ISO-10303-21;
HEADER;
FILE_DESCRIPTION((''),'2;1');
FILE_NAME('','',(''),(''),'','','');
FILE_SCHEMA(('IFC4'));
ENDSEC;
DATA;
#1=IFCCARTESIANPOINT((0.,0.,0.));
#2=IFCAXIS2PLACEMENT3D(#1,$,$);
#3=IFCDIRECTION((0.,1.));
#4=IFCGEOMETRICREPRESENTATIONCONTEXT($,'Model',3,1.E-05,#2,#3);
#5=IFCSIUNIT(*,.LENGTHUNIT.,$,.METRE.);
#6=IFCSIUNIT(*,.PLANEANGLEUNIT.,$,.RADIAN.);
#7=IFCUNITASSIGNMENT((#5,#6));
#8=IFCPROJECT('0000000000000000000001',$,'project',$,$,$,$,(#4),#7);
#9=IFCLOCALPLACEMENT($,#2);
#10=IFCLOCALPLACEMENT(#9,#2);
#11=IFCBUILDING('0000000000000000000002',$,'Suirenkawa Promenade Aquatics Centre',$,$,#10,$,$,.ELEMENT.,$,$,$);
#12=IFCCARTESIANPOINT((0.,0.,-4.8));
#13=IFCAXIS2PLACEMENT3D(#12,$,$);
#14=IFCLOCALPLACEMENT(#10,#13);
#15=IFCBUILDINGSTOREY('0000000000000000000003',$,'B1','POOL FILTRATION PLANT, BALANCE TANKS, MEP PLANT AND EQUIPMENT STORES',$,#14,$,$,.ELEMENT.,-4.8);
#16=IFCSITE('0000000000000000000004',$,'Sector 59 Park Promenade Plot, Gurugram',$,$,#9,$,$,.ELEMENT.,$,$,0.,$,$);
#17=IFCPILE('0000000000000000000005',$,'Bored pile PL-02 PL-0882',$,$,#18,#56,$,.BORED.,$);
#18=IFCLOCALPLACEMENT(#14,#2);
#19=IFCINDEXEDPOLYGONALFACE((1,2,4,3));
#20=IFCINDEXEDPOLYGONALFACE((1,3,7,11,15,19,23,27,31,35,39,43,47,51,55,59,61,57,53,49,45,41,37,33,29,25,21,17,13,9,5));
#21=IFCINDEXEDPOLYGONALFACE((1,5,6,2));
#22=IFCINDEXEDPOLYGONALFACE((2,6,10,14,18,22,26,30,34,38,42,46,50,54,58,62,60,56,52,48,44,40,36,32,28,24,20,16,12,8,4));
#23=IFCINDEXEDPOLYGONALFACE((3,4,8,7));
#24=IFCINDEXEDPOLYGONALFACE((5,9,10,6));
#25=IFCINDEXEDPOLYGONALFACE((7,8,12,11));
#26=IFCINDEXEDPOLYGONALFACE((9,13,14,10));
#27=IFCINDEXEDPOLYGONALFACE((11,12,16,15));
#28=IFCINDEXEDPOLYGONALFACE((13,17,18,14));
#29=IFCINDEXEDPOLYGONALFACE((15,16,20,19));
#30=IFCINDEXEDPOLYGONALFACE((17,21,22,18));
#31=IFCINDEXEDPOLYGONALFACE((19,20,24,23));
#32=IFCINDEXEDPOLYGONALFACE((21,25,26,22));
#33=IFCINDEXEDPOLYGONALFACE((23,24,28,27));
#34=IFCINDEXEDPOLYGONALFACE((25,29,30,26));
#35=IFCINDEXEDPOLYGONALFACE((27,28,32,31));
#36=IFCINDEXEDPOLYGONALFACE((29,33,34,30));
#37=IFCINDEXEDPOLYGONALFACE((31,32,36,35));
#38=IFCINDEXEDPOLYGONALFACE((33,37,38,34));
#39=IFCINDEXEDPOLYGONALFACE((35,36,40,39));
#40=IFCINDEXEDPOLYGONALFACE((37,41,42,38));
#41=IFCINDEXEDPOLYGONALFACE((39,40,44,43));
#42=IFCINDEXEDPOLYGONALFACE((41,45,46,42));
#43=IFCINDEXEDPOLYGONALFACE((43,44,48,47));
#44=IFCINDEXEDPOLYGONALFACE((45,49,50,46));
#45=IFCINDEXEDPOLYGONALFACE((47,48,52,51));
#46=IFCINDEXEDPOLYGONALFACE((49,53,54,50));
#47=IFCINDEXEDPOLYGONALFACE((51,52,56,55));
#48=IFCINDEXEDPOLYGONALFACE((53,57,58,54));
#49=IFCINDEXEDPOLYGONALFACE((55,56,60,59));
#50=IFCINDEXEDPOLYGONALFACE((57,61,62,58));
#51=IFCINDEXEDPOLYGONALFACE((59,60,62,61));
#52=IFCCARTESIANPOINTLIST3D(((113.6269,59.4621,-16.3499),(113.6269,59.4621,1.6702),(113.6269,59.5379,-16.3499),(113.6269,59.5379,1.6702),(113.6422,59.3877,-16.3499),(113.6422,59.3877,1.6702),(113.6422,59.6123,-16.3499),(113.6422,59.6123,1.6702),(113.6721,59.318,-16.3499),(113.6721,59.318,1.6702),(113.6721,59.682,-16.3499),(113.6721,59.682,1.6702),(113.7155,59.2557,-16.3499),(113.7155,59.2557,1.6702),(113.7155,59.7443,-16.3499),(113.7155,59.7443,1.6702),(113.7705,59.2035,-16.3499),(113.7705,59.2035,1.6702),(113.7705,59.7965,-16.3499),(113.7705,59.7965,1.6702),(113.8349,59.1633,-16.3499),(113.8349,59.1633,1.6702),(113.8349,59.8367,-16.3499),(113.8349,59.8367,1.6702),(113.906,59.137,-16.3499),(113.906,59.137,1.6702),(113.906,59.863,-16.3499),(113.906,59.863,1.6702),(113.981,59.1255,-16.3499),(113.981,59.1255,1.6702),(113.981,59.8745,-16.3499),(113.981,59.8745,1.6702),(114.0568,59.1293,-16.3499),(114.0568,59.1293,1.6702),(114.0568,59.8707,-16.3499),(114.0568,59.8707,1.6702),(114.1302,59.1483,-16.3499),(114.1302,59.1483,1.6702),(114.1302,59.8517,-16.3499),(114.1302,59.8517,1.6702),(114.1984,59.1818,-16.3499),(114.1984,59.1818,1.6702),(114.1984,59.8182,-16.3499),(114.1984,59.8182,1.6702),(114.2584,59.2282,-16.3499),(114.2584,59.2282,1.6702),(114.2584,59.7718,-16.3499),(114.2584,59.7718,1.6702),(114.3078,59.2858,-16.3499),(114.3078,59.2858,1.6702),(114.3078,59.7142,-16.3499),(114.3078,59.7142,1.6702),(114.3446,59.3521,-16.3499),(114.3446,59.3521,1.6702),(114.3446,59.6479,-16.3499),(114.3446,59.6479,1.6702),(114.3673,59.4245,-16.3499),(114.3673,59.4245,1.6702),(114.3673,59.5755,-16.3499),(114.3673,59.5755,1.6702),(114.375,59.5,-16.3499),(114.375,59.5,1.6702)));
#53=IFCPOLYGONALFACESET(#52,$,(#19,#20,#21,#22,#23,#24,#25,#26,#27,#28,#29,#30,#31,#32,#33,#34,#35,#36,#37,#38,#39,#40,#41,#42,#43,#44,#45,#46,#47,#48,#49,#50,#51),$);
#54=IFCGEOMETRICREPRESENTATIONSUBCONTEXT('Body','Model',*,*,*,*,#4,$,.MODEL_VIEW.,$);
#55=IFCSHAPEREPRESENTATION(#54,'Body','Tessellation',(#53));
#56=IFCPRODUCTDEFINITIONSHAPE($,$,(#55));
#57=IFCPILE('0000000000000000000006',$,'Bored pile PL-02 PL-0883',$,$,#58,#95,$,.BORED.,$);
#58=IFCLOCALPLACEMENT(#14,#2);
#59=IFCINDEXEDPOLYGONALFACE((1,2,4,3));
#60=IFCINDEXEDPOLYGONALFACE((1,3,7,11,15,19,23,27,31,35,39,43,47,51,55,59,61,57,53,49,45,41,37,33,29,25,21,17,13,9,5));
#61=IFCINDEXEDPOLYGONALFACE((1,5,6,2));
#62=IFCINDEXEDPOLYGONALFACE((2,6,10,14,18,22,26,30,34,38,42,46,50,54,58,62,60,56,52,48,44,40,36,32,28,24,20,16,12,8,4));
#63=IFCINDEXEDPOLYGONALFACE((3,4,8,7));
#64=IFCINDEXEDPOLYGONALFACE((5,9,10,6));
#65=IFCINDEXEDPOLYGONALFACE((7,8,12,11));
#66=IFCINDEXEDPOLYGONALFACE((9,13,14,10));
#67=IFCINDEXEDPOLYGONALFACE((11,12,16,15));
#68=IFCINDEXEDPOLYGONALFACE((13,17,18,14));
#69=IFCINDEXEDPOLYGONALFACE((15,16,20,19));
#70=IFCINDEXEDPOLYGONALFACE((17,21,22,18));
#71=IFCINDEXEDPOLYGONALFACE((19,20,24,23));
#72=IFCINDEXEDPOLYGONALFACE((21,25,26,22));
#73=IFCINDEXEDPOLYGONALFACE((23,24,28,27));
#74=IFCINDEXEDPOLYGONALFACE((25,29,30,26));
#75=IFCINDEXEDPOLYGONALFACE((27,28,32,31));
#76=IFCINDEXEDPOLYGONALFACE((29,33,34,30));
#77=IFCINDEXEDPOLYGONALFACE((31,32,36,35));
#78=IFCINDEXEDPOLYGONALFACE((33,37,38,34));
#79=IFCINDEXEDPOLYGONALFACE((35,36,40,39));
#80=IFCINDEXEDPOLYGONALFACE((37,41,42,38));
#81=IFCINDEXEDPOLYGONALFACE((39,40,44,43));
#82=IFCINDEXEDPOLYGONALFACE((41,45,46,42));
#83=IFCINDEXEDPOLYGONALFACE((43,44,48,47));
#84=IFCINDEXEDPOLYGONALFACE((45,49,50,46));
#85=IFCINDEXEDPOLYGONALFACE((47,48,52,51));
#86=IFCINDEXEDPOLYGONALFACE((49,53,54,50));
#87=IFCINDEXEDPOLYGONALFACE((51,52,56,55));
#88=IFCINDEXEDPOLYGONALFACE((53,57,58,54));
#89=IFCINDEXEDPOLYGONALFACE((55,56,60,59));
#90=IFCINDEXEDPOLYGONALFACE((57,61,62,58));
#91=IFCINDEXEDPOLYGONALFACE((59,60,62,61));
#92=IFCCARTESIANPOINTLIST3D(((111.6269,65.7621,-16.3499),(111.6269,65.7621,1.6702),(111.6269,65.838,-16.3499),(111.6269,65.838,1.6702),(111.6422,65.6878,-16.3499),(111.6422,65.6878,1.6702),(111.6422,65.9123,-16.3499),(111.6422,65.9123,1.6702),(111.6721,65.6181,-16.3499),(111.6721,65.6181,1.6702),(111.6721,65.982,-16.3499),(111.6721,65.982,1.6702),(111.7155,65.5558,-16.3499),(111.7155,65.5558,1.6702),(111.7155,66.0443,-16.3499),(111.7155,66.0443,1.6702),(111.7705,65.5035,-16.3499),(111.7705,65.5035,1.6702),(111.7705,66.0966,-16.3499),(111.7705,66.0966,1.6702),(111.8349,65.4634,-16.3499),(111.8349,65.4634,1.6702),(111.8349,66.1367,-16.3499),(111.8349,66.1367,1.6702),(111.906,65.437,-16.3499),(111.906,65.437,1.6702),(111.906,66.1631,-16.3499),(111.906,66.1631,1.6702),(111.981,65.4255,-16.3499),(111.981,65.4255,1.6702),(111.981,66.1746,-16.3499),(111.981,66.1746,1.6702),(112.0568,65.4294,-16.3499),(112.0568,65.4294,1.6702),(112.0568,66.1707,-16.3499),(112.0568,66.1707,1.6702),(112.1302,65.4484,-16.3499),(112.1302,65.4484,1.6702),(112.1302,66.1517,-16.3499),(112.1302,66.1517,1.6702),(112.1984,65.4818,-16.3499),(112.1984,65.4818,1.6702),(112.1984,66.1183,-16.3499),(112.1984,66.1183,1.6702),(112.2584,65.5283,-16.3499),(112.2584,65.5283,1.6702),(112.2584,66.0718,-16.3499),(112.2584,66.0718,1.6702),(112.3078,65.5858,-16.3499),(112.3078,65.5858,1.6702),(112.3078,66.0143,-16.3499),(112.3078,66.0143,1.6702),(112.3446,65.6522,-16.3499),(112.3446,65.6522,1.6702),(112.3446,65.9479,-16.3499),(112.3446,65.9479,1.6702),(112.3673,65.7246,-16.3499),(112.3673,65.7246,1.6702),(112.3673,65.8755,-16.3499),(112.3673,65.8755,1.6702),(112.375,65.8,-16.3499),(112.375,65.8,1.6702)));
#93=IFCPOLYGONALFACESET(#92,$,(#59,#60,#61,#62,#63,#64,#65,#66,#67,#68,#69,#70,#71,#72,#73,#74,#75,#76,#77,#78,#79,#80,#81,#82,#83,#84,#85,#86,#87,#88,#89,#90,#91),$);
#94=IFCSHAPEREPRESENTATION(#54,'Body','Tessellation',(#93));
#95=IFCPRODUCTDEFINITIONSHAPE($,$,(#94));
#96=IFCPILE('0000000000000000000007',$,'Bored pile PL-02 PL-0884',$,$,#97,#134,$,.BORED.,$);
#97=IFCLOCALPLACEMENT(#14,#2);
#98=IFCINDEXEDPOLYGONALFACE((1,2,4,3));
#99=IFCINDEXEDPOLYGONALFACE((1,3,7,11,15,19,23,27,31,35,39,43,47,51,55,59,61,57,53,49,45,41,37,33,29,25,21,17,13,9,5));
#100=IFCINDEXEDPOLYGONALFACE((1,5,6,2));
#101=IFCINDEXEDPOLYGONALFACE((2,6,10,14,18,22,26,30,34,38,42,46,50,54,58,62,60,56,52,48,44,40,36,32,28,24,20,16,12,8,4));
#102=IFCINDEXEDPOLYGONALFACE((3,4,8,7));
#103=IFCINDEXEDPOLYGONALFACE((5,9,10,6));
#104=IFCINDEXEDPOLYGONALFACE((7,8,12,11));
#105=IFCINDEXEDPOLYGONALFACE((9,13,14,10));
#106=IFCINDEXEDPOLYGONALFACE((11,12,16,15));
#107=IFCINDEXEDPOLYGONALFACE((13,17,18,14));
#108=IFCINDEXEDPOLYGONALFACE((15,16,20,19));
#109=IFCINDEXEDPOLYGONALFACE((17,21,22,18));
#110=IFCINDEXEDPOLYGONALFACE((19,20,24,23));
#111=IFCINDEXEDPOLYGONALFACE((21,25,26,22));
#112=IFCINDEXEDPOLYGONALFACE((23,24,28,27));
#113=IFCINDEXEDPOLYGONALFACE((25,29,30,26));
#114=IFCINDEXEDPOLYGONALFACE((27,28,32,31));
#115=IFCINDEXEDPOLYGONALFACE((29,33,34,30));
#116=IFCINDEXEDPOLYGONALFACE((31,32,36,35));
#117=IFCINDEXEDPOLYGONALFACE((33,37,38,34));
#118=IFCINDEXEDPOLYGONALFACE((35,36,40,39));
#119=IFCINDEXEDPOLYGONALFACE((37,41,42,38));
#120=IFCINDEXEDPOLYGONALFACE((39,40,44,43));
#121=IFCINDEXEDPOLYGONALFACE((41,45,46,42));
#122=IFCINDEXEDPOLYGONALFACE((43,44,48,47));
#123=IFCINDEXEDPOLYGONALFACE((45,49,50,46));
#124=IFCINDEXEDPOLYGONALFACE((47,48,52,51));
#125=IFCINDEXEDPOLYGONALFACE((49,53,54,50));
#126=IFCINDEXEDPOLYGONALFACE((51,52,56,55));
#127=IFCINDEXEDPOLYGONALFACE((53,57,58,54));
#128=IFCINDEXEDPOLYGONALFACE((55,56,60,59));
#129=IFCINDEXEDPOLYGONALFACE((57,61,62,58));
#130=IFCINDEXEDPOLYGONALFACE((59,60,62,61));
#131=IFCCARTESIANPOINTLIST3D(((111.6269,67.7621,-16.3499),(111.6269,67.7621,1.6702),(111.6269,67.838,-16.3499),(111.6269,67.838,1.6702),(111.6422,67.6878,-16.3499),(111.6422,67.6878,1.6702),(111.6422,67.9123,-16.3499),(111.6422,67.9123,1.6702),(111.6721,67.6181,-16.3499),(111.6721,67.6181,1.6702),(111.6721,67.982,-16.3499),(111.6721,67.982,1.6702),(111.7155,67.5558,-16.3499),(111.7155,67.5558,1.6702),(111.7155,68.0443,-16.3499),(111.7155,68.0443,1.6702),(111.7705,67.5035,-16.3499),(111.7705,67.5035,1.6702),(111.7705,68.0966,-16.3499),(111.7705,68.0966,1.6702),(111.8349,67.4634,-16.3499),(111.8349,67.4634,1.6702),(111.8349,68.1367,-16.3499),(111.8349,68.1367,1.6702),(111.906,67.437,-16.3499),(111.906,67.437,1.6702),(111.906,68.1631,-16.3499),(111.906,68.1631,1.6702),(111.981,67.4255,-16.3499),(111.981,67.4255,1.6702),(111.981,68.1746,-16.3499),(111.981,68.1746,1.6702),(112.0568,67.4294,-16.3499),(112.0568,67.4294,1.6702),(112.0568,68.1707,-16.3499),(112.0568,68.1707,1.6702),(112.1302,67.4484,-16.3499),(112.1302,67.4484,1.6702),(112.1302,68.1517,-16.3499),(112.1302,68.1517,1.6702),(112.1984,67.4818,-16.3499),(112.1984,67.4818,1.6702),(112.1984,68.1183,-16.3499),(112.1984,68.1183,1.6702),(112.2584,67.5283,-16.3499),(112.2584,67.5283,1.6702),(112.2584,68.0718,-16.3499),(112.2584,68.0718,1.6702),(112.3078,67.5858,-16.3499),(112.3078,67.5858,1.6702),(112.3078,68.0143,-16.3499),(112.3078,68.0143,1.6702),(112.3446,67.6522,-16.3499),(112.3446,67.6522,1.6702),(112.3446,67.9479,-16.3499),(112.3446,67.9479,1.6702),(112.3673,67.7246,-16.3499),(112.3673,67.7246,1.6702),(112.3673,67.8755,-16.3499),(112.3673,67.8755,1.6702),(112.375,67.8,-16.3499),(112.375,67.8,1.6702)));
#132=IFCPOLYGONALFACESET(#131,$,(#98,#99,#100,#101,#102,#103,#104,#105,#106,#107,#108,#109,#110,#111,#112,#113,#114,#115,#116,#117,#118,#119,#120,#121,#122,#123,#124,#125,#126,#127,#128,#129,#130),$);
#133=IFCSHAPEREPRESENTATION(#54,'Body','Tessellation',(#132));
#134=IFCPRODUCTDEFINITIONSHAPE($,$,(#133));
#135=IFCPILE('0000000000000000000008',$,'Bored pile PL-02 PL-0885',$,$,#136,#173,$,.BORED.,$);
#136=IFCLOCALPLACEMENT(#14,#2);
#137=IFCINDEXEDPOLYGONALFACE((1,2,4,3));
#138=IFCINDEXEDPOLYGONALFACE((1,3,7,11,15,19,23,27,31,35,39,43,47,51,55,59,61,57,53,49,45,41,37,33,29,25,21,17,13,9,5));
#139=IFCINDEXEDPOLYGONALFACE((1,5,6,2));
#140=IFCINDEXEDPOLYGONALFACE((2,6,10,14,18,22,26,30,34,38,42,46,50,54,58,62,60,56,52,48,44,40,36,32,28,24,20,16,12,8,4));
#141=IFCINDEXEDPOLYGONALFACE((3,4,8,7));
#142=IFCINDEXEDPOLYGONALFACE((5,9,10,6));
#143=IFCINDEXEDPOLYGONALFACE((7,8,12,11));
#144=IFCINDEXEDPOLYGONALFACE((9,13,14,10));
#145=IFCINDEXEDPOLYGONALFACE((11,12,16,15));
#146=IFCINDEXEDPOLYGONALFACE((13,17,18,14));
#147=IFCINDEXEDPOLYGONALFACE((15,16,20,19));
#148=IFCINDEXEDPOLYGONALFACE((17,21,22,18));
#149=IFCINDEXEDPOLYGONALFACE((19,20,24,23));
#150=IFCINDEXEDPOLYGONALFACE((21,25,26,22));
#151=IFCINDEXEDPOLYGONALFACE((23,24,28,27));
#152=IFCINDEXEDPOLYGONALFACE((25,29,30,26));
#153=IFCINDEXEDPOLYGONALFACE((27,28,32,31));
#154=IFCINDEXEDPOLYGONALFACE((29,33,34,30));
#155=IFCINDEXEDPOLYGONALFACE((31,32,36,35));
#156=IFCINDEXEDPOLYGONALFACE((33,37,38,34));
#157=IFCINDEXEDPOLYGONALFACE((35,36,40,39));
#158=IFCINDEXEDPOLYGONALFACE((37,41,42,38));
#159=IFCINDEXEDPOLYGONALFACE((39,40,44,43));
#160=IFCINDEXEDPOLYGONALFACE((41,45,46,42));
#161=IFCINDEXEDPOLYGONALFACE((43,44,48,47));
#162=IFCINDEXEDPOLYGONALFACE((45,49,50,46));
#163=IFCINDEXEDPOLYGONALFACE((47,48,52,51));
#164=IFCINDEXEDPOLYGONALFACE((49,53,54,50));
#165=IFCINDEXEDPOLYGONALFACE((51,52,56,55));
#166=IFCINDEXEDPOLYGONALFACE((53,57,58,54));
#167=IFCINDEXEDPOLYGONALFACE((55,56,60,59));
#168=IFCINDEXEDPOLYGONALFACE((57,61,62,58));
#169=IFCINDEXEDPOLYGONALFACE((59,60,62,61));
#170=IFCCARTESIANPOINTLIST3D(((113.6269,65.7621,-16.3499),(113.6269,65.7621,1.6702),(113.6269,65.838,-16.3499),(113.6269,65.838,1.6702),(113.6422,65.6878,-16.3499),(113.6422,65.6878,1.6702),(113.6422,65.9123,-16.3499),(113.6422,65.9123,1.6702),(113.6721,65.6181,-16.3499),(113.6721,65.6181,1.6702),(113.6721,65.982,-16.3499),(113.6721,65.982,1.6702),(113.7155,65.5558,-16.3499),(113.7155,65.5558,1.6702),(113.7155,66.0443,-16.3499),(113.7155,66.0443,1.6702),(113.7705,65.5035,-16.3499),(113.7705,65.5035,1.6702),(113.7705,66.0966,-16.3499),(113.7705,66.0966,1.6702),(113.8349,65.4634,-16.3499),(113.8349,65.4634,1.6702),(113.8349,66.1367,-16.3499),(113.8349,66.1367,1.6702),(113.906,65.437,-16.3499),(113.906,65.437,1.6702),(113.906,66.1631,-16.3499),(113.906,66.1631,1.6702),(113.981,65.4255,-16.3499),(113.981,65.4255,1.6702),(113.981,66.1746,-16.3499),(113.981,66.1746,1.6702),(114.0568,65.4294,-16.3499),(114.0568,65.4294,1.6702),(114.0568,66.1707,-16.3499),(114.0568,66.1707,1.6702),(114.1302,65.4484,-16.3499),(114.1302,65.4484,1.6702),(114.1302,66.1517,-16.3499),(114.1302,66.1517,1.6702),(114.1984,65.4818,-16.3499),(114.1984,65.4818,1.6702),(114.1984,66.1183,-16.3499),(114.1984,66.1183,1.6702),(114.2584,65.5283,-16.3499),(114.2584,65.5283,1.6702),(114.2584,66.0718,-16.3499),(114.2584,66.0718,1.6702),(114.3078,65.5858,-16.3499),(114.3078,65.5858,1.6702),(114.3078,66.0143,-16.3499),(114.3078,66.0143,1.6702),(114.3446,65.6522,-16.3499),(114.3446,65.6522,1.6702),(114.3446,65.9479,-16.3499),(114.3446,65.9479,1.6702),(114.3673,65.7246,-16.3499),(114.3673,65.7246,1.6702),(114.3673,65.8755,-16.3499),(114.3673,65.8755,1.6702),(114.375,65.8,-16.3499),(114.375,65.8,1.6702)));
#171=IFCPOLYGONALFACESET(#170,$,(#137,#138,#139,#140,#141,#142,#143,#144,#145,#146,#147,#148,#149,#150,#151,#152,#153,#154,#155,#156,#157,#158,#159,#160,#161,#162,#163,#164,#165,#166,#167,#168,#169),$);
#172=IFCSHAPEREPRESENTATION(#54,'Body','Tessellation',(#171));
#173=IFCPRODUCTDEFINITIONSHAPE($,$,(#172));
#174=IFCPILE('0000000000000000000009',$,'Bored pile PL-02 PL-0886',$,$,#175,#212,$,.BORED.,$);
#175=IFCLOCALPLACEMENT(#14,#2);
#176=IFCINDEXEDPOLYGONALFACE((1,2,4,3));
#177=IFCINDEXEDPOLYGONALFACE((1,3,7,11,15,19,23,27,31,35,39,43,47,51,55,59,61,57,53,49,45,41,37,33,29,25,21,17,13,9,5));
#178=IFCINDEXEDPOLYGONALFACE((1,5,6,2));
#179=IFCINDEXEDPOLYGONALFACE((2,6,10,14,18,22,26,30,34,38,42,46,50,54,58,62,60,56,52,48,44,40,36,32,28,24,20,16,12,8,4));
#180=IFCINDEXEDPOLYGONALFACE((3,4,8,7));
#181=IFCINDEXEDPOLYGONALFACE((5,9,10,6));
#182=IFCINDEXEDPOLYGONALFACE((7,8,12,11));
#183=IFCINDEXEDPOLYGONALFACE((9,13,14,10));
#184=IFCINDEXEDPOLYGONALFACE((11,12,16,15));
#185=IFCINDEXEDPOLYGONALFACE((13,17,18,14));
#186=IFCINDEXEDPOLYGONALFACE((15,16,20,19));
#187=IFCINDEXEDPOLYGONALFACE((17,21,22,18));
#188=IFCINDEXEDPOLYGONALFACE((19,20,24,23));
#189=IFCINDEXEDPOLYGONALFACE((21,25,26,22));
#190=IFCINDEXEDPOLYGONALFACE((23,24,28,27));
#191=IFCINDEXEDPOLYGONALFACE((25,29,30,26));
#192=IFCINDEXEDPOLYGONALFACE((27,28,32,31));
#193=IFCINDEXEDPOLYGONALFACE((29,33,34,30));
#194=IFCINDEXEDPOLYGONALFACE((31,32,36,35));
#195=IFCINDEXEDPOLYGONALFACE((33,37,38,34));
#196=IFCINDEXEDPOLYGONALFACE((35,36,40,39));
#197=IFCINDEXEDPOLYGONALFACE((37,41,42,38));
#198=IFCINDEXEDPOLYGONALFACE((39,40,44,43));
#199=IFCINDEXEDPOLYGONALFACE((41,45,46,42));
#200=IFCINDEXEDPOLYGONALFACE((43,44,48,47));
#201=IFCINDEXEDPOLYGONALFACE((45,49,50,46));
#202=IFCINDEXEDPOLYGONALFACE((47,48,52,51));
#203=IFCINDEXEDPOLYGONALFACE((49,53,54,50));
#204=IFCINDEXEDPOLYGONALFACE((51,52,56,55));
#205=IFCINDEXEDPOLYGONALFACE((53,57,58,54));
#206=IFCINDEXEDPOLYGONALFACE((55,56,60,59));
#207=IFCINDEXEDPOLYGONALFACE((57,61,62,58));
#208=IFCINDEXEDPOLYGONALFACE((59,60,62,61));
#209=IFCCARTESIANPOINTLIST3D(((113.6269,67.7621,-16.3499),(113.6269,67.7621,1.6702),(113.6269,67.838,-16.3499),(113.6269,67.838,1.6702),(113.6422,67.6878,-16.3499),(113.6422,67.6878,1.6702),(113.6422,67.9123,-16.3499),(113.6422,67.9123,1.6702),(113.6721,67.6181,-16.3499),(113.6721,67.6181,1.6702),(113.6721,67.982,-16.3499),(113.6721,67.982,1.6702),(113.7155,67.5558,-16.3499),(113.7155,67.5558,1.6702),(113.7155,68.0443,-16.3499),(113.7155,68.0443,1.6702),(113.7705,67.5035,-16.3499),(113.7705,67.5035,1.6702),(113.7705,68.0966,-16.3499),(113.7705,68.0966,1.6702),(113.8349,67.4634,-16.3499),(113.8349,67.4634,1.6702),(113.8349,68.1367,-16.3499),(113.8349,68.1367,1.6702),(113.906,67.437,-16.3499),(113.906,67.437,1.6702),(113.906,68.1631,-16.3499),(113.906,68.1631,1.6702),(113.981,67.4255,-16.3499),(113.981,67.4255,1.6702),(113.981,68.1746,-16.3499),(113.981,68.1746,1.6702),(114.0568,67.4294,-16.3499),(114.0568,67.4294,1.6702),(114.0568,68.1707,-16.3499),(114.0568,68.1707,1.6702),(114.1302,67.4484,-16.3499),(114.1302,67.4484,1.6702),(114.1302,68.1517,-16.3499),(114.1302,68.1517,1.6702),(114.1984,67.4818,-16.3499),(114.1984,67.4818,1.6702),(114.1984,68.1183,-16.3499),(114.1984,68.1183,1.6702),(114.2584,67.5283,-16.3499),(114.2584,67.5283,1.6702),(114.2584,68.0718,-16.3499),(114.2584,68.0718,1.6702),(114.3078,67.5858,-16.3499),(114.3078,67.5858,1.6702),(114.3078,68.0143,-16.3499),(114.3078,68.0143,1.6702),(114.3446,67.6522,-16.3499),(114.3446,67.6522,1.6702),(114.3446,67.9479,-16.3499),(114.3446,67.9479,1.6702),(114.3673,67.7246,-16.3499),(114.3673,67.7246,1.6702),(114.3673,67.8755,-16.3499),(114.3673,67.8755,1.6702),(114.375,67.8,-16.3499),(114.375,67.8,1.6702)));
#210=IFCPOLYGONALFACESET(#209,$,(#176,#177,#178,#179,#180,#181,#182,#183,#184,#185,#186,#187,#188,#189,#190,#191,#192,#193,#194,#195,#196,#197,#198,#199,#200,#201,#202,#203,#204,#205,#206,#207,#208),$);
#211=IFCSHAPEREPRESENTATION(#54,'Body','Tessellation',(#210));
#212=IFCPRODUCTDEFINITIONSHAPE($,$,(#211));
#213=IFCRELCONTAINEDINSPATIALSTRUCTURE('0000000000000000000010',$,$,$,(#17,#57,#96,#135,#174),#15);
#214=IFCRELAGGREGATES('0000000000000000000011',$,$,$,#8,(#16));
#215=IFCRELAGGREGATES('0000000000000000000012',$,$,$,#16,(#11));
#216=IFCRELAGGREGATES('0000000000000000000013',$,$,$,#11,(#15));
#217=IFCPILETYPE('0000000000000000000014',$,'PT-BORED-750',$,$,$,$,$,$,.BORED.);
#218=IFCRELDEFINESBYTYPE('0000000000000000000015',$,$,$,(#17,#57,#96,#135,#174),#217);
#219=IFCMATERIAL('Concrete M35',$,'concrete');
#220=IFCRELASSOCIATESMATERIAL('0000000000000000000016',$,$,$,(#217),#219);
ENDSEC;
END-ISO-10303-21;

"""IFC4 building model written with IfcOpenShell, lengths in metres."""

from ifc_helpers import new_model, si_unit, direction, frame, origin, origin_2d, place, context, subcontext, project, spatial, circle, extrude, material, material_profile, profile_set, type_object, element, save


model = new_model("IFC4")

# Units and contexts
model_context = context("Model", 3, precision=1e-05, world=origin(), true_north=direction((0.0, 1.0)))
body_context = subcontext(model_context, "Body", "Model", "MODEL_VIEW")
ifc_project = project(units=[si_unit("LENGTHUNIT", "METRE"), si_unit("PLANEANGLEUNIT", "RADIAN")], contexts=[model_context])

# Site, building, storey
site_placement = place(None, origin())
site = spatial("IfcSite", under=ifc_project, at=site_placement, Name="Sector 59 Park Promenade Plot, Gurugram", CompositionType="ELEMENT", RefElevation=0.0)
building_placement = place(site_placement, origin())
building = spatial("IfcBuilding", under=site, at=building_placement, Name="Suirenkawa Promenade Aquatics Centre", CompositionType="ELEMENT")
storey_placement = place(building_placement, frame((0.0, 0.0, -4.8)))
storey = spatial("IfcBuildingStorey", under=building, at=storey_placement, Name="B1", Description="POOL FILTRATION PLANT, BALANCE TANKS, MEP PLANT AND EQUIPMENT STORES", CompositionType="ELEMENT", Elevation=-4.8)

# Shared definitions
ifc_material_1 = material(Name="Concrete M35", Category="concrete")

# Piles
ifc_material_profile_1 = material_profile(ifc_material_1, circle(Radius=0.375, at=origin_2d()), Name="PILE D750", Category="concrete")
ifc_profile_set_1 = profile_set([ifc_material_profile_1], Name="Concrete M35")
pile_type_1 = type_object("IfcPileType", Name="PT-BORED-750", PredefinedType="BORED", material=ifc_profile_set_1)
for number, where, z_axis, x_axis, name in (
    (1, (114.0, 59.5, 1.6702), (0.0, 0.0, -1.0), (1.0, 0.0, 0.0), "Bored pile PL-02 PL-0882"),
    (2, (112.0, 65.8, 1.6702), (0.0, 0.0, -1.0), (1.0, 0.0, 0.0), "Bored pile PL-02 PL-0883"),
    (3, (112.0, 67.8, 1.6702), (0.0, 0.0, -1.0), (1.0, 0.0, 0.0), "Bored pile PL-02 PL-0884"),
    (4, (114.0, 65.8, 1.6702), (0.0, 0.0, -1.0), (1.0, 0.0, 0.0), "Bored pile PL-02 PL-0885"),
    (5, (114.0, 67.8, 1.6702), (0.0, 0.0, -1.0), (1.0, 0.0, 0.0), "Bored pile PL-02 PL-0886"),
):
    element("IfcPile", number, at=place(storey_placement, frame(where, z_axis=z_axis, x_axis=x_axis)), inside=storey, type_object=pile_type_1, Name=name, PredefinedType="BORED", context=body_context, shape_type="SweptSolid", body=[
        extrude(circle(Radius=0.375, at=origin_2d()), origin(), (0.0, 0.0, 1.0), 18.02),
    ])

save(model, "model.ifc")
